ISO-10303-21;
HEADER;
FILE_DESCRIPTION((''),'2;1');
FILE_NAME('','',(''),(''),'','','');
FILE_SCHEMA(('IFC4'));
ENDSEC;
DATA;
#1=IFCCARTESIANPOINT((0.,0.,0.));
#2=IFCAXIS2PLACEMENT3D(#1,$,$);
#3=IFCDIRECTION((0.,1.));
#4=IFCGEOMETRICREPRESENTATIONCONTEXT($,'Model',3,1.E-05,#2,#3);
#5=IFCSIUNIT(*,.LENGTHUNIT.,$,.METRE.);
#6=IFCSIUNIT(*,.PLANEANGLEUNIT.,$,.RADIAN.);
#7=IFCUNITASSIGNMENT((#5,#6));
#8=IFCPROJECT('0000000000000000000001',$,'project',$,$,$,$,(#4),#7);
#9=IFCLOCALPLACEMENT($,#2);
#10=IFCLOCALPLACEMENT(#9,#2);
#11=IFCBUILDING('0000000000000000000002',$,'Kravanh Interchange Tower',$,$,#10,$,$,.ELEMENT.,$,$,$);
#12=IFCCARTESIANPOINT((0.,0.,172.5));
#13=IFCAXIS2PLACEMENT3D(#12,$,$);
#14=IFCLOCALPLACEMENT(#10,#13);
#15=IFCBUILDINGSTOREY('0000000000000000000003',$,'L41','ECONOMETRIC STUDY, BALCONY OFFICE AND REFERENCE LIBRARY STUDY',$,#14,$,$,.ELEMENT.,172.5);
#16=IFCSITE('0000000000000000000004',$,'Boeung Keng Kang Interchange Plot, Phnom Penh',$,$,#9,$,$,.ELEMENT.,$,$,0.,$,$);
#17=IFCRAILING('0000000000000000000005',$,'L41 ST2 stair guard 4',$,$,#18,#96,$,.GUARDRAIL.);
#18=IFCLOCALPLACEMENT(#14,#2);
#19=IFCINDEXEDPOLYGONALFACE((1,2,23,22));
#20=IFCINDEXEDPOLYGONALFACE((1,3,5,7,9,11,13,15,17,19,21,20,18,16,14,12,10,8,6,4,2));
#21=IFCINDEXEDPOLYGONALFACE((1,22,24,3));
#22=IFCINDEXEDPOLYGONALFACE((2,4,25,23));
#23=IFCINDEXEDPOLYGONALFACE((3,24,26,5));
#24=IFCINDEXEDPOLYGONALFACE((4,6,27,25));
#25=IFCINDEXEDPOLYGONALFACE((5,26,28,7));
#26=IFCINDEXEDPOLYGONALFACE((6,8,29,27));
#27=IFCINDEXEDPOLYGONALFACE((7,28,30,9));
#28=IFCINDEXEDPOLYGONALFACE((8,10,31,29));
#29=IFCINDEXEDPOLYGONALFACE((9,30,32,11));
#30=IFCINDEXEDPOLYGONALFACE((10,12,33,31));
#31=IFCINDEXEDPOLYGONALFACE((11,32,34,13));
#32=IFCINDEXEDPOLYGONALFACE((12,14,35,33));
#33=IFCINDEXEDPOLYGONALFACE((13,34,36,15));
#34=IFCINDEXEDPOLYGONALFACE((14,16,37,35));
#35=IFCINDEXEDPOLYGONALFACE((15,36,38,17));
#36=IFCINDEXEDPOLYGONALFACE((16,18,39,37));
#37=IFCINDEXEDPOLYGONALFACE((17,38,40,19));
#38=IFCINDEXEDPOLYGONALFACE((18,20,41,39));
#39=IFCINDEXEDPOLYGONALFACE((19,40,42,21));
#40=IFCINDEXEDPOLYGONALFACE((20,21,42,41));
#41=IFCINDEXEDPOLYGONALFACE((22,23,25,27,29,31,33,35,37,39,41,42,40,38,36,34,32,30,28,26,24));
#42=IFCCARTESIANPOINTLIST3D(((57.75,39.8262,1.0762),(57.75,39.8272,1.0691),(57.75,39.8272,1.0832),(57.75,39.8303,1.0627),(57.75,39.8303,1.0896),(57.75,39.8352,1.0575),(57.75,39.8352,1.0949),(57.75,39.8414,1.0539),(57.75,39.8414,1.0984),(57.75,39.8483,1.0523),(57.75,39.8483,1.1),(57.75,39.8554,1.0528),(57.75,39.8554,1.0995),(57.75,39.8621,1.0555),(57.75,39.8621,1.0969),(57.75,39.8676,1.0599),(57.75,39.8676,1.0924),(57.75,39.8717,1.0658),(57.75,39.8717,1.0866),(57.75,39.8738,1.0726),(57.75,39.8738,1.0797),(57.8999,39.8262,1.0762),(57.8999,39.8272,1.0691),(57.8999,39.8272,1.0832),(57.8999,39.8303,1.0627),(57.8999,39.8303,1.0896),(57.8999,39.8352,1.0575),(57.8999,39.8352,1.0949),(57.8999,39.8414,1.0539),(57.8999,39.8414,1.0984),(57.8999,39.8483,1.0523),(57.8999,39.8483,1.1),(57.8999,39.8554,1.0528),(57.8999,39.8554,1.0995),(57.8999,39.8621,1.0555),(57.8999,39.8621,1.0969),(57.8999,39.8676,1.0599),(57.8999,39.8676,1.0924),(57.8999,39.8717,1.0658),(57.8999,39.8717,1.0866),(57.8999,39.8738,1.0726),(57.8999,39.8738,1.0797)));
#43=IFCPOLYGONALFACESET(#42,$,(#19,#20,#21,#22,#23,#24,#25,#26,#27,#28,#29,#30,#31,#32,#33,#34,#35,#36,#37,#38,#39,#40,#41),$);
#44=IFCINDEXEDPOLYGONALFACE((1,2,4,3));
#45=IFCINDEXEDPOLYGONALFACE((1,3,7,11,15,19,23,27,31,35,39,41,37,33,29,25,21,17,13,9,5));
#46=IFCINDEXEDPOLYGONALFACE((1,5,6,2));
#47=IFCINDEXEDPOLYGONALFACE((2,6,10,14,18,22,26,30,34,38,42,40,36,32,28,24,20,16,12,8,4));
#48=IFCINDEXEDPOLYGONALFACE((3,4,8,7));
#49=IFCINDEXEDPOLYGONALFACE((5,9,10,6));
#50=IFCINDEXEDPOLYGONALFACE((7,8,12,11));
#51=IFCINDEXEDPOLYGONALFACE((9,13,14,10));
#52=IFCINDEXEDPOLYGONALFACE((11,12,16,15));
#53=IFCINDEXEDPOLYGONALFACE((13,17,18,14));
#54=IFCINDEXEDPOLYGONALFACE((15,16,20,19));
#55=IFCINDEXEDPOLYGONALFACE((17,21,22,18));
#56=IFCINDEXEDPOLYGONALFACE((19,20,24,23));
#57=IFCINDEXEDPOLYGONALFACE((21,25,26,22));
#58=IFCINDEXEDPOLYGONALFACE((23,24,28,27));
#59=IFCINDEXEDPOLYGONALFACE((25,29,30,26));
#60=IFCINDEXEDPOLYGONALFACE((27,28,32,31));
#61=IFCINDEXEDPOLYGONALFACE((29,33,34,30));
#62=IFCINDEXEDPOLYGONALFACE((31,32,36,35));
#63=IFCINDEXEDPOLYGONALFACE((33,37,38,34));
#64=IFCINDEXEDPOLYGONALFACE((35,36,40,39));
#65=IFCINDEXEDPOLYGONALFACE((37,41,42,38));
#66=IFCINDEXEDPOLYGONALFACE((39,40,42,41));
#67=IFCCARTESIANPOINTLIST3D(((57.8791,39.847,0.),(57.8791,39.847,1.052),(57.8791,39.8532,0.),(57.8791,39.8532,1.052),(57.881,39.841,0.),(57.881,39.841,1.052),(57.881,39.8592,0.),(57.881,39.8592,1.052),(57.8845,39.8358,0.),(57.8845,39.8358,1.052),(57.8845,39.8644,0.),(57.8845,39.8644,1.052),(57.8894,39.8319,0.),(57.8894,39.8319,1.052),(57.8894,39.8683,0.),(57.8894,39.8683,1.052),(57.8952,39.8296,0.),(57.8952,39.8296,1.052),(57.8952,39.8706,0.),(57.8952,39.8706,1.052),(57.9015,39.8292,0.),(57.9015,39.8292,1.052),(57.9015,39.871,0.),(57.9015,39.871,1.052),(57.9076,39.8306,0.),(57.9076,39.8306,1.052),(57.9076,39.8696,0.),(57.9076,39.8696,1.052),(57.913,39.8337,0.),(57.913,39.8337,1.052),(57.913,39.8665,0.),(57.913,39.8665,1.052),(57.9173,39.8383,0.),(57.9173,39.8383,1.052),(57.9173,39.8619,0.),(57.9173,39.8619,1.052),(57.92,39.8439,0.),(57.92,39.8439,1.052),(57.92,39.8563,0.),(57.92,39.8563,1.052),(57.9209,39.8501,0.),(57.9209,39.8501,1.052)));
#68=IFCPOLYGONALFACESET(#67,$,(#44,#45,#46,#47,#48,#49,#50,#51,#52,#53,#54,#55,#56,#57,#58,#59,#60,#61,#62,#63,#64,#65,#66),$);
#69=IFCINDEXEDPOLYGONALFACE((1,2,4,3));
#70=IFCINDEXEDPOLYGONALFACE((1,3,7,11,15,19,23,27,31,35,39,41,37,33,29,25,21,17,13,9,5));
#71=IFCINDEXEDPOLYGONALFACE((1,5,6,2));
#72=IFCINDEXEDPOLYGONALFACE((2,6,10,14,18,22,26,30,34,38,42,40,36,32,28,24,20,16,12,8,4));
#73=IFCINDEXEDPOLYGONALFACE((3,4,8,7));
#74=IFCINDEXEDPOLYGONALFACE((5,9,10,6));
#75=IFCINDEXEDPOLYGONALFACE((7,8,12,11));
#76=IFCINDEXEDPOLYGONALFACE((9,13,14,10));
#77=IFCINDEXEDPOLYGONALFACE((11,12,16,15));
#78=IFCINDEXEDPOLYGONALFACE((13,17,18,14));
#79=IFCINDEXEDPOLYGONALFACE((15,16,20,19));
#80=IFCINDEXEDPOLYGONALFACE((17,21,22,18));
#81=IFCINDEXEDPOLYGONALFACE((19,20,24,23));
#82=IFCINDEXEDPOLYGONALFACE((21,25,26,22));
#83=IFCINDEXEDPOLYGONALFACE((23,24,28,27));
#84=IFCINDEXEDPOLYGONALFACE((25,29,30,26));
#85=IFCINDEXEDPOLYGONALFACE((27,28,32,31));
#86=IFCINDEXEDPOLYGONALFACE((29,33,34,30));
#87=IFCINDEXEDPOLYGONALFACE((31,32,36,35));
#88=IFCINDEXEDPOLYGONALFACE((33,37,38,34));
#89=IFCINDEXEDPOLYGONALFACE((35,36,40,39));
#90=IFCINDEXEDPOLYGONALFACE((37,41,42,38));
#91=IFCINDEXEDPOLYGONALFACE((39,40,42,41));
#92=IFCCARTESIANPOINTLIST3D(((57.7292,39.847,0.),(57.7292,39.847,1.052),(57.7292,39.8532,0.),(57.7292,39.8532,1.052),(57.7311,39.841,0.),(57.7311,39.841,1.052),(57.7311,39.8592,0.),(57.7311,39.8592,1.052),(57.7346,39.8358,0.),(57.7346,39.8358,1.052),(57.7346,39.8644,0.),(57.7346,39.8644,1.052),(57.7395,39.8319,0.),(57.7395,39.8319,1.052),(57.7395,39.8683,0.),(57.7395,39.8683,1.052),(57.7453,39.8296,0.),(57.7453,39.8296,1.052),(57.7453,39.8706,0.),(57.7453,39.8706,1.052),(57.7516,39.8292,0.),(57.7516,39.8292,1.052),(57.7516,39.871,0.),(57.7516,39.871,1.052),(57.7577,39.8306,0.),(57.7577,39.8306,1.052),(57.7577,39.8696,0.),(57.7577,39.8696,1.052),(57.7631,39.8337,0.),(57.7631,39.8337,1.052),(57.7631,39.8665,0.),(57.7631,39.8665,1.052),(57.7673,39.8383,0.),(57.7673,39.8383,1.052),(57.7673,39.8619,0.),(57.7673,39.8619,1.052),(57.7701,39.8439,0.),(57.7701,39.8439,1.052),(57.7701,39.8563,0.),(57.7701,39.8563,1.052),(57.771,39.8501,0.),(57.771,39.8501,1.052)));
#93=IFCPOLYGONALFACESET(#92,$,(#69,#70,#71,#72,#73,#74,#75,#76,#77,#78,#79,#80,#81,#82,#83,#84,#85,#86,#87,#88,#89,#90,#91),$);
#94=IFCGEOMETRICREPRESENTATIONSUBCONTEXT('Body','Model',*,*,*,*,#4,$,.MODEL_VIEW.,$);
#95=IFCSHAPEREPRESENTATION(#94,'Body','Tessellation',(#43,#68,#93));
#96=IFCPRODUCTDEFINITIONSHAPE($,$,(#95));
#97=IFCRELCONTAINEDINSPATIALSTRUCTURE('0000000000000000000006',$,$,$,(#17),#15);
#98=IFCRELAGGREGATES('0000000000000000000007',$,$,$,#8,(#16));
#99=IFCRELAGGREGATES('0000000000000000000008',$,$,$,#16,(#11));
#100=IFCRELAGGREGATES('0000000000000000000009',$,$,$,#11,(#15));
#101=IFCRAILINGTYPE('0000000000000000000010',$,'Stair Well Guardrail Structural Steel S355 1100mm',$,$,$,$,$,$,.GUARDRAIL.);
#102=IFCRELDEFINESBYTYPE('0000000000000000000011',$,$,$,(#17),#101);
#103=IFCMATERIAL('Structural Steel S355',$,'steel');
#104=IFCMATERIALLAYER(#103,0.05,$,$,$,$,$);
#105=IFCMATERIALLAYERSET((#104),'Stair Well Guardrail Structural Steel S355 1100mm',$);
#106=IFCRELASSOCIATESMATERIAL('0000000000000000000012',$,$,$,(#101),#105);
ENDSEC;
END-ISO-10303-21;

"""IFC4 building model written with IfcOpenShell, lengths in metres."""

from ifc_helpers import new_model, si_unit, direction, frame, origin, origin_2d, place, context, subcontext, project, spatial, circle, extrude, material, layer, layer_set, type_object, element, save


model = new_model("IFC4")

# Units and contexts
model_context = context("Model", 3, precision=1e-05, world=origin(), true_north=direction((0.0, 1.0)))
body_context = subcontext(model_context, "Body", "Model", "MODEL_VIEW")
ifc_project = project(units=[si_unit("LENGTHUNIT", "METRE"), si_unit("PLANEANGLEUNIT", "RADIAN")], contexts=[model_context])

# Site, building, storey
site_placement = place(None, origin())
site = spatial("IfcSite", under=ifc_project, at=site_placement, Name="Boeung Keng Kang Interchange Plot, Phnom Penh", CompositionType="ELEMENT", RefElevation=0.0)
building_placement = place(site_placement, origin())
building = spatial("IfcBuilding", under=site, at=building_placement, Name="Kravanh Interchange Tower", CompositionType="ELEMENT")
storey_placement = place(building_placement, frame((0.0, 0.0, 172.5)))
storey = spatial("IfcBuildingStorey", under=building, at=storey_placement, Name="L41", Description="ECONOMETRIC STUDY, BALCONY OFFICE AND REFERENCE LIBRARY STUDY", CompositionType="ELEMENT", Elevation=172.5)

# Railing
ifc_material_1 = material(Name="Structural Steel S355", Category="steel")
ifc_layer_1 = layer(ifc_material_1, 0.05)
ifc_layer_set_1 = layer_set([ifc_layer_1], Name="Stair Well Guardrail Structural Steel S355 1100mm")
railing_type_1 = type_object("IfcRailingType", Name="Stair Well Guardrail Structural Steel S355 1100mm", PredefinedType="GUARDRAIL", material=ifc_layer_set_1)
for number, where, name in (
    (1, (57.8999, 39.8501, 0.0), "L41 ST2 stair guard 4"),
):
    element("IfcRailing", number, at=place(storey_placement, frame(where)), inside=storey, type_object=railing_type_1, Name=name, PredefinedType="GUARDRAIL", context=body_context, shape_type="SweptSolid", body=[
        extrude(circle(Radius=0.0239, at=origin_2d()), frame((0.0, 0.0, 1.0762), z_axis=(-1.0, 0.0, 0.0), x_axis=(0.0, -1.0, 0.0)), (0.0, 0.0, 1.0), 0.1499),
        extrude(circle(Radius=0.021, at=origin_2d()), origin(), (0.0, 0.0, 1.0), 1.052),
        extrude(circle(Radius=0.021, at=origin_2d()), frame((-0.1499, 0.0, 0.0)), (0.0, 0.0, 1.0), 1.052),
    ])

save(model, "model.ifc")
